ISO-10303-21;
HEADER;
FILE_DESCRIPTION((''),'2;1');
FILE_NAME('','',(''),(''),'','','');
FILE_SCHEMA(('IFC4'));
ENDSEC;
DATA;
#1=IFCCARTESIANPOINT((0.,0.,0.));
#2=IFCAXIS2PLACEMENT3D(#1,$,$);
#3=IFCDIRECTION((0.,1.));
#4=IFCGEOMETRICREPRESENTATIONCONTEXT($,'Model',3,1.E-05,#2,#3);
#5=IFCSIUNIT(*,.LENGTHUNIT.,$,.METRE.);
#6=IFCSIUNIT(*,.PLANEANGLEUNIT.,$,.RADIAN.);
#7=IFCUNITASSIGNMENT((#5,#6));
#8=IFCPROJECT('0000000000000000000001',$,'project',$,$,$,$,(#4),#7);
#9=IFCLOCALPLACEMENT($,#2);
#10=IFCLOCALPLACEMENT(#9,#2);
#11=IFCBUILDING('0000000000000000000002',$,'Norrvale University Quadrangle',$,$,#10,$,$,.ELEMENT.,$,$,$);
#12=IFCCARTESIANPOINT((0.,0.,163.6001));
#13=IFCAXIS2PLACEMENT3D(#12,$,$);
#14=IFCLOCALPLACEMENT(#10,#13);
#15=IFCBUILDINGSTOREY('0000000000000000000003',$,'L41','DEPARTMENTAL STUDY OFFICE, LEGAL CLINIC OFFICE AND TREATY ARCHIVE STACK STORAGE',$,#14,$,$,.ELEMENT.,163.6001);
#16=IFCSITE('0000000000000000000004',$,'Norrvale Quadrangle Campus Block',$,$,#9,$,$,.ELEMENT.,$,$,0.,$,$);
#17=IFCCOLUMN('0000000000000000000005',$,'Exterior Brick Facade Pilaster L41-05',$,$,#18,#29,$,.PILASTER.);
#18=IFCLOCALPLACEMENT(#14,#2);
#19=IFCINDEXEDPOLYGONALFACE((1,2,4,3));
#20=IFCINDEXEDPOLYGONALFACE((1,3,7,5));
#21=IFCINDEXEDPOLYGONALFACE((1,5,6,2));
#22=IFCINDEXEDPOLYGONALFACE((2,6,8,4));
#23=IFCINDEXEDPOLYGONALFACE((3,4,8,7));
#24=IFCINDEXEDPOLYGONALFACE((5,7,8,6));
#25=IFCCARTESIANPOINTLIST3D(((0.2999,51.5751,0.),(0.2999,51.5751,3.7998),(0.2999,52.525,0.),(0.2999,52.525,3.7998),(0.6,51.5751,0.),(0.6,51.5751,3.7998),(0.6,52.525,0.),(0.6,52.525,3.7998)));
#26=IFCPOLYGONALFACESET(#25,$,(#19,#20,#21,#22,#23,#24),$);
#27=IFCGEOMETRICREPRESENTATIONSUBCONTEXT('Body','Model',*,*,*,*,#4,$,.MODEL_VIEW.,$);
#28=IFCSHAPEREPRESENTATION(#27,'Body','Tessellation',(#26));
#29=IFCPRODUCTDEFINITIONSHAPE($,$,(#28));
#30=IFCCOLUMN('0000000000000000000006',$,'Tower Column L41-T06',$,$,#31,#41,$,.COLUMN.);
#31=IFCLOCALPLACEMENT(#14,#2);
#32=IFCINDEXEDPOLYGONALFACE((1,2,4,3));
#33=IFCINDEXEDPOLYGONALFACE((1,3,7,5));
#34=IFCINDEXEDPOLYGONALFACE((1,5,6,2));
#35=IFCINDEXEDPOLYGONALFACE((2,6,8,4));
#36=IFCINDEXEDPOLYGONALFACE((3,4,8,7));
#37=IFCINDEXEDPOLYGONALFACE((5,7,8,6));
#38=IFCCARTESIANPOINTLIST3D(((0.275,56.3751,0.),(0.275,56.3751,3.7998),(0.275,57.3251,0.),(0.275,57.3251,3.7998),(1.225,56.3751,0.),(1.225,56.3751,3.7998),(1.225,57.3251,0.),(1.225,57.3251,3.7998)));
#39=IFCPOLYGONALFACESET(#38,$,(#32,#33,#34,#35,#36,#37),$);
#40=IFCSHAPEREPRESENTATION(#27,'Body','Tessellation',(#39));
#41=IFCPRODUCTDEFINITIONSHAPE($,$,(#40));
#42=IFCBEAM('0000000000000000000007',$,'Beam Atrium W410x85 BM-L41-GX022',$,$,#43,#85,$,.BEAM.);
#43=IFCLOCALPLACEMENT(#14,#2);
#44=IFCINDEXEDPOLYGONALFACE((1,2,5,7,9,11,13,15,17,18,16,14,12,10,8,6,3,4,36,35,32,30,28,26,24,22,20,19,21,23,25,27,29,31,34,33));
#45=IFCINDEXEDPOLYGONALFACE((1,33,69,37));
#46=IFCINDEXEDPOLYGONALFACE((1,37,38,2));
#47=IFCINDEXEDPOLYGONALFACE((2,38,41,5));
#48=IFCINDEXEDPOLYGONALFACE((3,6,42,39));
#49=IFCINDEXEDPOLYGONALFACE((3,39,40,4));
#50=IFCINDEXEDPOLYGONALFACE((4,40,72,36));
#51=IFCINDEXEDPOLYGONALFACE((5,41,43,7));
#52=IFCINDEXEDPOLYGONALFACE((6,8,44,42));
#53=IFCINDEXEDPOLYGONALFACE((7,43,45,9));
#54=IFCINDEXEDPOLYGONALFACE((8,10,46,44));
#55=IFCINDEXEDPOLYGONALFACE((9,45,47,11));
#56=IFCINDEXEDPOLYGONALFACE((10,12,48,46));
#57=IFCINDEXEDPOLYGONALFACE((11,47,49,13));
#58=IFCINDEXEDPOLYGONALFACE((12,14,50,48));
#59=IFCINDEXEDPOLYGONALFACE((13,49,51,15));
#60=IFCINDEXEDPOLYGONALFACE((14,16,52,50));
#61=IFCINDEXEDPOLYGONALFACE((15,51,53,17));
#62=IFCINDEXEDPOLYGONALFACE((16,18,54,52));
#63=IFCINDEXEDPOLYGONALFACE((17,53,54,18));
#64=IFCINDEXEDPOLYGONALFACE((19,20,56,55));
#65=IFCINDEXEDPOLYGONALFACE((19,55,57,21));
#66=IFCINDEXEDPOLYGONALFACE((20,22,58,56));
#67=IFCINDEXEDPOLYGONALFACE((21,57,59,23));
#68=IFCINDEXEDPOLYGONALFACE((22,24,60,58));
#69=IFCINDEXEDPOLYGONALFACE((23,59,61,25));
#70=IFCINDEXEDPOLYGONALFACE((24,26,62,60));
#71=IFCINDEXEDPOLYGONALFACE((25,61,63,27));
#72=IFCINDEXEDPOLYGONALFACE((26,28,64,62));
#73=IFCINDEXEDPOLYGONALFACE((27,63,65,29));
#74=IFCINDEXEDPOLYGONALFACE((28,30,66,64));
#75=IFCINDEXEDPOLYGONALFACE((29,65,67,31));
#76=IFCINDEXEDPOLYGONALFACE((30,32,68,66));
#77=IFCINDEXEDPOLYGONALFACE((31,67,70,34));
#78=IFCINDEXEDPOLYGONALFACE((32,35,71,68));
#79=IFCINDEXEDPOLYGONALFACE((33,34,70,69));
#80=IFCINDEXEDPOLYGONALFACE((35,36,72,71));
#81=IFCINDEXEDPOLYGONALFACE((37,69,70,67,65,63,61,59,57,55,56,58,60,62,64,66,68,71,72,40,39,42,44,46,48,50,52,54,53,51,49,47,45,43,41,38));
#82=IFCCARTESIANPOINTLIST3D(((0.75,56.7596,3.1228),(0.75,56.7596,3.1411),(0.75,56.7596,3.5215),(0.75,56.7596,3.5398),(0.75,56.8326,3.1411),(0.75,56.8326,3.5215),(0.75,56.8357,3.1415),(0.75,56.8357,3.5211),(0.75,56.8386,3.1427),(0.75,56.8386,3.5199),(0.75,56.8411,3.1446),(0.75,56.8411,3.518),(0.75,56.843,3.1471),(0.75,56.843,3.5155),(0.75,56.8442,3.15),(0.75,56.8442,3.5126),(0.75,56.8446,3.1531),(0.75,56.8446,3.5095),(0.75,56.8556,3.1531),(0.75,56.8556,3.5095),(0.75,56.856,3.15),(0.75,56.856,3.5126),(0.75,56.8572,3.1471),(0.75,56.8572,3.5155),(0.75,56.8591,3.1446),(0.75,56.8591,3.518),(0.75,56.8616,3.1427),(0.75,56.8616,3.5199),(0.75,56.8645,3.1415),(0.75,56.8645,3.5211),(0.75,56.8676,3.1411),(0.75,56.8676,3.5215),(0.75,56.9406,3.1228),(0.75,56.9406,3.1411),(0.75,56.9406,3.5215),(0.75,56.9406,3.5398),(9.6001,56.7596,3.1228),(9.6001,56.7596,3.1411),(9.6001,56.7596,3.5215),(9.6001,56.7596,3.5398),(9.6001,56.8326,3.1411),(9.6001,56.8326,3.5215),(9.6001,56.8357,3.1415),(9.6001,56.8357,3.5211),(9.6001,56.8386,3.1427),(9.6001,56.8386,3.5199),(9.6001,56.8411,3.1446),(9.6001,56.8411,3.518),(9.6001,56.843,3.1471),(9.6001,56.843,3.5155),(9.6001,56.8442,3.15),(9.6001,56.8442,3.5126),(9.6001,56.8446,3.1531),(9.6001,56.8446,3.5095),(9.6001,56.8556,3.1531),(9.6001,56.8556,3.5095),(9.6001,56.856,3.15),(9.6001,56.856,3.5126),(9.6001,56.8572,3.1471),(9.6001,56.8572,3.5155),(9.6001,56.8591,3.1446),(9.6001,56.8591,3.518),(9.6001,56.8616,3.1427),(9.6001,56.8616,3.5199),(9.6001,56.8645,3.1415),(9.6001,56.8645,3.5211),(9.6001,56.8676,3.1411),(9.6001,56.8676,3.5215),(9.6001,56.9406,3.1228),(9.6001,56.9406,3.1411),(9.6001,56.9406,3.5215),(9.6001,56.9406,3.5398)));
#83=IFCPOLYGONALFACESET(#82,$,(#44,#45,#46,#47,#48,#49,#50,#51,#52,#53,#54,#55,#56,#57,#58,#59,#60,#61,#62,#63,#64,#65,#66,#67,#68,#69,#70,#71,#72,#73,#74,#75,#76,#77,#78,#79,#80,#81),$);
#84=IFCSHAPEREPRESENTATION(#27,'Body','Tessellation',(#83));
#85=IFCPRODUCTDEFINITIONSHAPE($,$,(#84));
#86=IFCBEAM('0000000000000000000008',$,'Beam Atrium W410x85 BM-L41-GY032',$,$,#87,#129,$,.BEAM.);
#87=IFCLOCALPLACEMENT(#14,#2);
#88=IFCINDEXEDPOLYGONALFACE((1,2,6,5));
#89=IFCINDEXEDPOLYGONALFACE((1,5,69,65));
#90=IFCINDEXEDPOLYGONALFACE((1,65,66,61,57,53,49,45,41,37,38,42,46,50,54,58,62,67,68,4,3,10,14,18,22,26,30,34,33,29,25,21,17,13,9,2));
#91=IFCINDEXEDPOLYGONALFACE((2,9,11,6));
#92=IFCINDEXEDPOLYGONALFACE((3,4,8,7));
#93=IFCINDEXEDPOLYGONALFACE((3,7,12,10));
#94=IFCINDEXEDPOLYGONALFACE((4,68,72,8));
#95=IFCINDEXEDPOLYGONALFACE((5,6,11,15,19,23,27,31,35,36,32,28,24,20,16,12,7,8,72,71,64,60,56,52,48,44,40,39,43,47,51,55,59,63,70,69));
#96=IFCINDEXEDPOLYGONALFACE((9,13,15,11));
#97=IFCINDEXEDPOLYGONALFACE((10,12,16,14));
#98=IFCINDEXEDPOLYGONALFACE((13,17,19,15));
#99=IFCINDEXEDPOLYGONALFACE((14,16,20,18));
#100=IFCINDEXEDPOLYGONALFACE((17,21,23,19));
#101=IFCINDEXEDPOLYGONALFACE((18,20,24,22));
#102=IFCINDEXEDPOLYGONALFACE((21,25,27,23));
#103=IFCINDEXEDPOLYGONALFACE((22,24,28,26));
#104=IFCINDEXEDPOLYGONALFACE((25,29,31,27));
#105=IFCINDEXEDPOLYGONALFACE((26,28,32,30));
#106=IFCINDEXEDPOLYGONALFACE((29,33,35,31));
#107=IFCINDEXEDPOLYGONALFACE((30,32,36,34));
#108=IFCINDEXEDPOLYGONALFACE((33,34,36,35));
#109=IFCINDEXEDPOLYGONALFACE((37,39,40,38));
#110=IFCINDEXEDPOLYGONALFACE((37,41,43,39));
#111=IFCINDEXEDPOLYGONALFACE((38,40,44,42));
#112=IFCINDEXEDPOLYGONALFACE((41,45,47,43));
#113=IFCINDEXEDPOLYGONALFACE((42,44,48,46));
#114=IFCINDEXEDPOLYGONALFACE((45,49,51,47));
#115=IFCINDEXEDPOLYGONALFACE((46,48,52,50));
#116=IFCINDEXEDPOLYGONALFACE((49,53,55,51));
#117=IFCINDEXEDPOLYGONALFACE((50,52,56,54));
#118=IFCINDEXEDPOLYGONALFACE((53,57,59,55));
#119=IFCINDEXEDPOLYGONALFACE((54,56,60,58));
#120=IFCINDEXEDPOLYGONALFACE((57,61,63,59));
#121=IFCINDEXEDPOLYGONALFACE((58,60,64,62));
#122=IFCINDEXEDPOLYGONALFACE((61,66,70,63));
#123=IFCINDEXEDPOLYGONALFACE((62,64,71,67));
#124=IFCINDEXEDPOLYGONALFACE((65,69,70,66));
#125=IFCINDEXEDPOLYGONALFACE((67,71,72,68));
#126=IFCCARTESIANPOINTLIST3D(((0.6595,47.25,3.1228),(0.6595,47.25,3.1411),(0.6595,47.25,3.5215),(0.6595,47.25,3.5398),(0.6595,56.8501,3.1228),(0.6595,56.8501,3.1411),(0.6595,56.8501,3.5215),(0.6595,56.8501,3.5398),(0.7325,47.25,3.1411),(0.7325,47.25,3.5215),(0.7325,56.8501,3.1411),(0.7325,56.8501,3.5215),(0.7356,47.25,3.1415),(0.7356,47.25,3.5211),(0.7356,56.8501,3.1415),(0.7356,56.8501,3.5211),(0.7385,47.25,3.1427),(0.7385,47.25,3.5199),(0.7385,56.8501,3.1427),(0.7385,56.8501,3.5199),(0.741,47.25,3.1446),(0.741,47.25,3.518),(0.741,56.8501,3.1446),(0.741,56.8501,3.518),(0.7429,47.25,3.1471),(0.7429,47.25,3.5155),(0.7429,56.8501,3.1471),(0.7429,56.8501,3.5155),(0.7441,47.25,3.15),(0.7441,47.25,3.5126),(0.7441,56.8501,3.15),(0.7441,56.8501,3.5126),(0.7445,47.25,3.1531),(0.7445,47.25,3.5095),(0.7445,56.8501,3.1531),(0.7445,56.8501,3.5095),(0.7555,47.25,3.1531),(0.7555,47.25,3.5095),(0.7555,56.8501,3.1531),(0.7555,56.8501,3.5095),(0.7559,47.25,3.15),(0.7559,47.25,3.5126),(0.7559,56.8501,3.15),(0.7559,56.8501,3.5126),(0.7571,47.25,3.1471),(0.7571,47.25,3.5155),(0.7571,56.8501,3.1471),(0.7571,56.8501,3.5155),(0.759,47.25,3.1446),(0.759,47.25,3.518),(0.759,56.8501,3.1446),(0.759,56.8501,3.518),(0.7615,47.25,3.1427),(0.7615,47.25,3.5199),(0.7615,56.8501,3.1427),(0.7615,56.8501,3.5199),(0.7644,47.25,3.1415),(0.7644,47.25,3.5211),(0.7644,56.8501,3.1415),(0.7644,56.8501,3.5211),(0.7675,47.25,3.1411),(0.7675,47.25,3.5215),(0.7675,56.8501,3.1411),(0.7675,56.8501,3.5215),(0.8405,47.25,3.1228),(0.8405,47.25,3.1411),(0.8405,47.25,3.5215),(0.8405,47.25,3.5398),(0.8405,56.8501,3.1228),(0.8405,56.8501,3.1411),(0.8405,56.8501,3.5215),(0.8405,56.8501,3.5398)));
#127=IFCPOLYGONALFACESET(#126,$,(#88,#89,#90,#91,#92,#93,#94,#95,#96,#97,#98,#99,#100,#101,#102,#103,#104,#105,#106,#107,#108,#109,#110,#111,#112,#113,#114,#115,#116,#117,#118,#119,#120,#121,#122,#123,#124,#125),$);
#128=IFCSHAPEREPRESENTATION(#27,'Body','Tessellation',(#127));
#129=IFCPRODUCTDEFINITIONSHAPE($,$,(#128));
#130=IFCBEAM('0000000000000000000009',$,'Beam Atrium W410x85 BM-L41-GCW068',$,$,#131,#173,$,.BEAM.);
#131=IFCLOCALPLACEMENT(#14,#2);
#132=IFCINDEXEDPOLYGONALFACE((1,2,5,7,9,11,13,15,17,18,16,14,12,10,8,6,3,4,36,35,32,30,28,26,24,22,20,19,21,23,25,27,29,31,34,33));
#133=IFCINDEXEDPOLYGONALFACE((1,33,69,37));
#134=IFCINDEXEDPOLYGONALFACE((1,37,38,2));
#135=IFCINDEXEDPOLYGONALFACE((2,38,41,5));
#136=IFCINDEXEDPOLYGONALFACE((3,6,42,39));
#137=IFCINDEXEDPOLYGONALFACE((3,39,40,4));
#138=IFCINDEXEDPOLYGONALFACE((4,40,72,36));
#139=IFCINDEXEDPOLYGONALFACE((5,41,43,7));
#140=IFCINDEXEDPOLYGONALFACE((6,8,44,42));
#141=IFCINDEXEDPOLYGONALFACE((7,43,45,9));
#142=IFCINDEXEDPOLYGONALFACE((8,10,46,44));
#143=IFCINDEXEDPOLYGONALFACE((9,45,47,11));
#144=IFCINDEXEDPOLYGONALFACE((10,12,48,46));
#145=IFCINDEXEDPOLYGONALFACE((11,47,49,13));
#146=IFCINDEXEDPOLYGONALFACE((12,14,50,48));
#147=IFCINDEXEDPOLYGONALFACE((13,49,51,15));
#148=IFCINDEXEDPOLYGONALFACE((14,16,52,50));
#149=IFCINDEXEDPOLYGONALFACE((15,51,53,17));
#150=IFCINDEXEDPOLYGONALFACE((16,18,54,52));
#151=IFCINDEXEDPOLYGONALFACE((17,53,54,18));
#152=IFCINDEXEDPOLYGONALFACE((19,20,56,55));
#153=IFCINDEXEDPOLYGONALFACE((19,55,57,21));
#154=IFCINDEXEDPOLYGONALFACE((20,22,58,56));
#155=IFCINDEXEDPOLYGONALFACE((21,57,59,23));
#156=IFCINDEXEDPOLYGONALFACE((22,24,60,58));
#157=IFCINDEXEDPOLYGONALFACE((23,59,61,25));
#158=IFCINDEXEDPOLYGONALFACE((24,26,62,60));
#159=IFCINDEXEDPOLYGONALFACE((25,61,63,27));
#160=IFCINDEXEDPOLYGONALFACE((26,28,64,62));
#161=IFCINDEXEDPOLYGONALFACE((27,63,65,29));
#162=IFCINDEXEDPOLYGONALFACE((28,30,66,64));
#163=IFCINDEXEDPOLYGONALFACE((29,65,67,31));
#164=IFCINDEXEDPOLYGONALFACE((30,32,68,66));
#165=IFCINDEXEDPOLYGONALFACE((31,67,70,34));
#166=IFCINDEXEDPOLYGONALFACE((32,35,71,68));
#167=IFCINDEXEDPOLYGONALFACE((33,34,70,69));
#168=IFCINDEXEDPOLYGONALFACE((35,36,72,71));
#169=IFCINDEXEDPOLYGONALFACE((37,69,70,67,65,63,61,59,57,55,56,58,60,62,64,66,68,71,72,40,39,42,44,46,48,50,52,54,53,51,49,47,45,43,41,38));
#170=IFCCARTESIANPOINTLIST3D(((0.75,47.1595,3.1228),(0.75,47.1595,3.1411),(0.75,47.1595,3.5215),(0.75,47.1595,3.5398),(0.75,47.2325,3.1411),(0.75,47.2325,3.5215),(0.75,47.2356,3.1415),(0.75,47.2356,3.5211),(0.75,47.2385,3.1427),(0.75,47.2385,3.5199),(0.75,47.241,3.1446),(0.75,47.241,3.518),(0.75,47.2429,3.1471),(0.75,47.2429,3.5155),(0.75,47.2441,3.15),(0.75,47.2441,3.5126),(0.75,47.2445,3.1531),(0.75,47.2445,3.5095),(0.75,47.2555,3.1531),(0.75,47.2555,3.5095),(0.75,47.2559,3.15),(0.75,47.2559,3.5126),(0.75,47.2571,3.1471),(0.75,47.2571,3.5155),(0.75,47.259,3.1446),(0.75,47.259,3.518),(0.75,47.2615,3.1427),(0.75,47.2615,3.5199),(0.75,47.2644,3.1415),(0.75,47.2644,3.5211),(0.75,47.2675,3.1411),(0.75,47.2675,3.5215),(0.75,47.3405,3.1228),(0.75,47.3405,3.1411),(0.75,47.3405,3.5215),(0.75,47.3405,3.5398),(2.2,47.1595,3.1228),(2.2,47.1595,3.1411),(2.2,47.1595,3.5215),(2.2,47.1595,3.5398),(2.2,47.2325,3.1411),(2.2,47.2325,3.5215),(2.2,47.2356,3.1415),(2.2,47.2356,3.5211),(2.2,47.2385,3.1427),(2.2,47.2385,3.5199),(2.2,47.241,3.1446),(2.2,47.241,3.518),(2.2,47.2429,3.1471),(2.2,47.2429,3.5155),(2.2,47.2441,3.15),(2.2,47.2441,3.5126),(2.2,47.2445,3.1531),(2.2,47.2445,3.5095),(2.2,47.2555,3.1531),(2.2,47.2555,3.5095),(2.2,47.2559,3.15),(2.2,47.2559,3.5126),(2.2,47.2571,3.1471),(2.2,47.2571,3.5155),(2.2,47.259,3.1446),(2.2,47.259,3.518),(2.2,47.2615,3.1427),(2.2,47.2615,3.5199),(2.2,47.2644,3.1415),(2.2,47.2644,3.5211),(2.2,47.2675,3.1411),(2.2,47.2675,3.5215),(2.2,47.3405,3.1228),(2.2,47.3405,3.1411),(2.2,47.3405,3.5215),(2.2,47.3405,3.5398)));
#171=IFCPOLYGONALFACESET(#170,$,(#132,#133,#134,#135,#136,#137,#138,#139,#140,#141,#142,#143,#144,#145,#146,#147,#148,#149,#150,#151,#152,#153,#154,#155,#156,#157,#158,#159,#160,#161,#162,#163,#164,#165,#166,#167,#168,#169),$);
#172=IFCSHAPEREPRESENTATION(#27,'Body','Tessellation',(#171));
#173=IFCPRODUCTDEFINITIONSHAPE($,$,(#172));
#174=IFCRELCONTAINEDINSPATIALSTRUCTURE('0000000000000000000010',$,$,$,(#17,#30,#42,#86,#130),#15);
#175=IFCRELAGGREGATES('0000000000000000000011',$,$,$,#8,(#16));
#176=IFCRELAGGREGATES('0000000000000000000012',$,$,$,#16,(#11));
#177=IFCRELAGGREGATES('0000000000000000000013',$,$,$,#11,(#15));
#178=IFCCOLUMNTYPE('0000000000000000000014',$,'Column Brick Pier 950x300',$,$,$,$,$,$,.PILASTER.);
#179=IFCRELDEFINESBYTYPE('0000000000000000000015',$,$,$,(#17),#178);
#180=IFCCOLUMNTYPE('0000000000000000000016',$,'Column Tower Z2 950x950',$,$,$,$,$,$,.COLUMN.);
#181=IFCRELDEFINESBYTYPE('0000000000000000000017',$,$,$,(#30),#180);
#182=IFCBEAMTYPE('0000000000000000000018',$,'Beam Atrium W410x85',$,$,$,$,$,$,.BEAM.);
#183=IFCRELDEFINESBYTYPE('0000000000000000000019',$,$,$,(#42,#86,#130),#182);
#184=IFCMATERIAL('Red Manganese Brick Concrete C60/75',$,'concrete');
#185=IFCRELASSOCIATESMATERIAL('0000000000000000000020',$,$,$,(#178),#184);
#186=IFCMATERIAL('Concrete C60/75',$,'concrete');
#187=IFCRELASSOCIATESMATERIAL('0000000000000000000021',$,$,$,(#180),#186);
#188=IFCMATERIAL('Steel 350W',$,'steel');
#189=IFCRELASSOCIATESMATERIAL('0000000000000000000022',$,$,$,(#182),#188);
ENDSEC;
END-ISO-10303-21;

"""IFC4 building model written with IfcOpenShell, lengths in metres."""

from ifc_helpers import new_model, si_unit, direction, frame, origin, origin_2d, place, context, subcontext, project, spatial, rectangle, i_section, extrude, material, material_profile, profile_set, type_object, element, save


model = new_model("IFC4")

# Units and contexts
model_context = context("Model", 3, precision=1e-05, world=origin(), true_north=direction((0.0, 1.0)))
body_context = subcontext(model_context, "Body", "Model", "MODEL_VIEW")
ifc_project = project(units=[si_unit("LENGTHUNIT", "METRE"), si_unit("PLANEANGLEUNIT", "RADIAN")], contexts=[model_context])

# Site, building, storey
site_placement = place(None, origin())
site = spatial("IfcSite", under=ifc_project, at=site_placement, Name="Norrvale Quadrangle Campus Block", CompositionType="ELEMENT", RefElevation=0.0)
building_placement = place(site_placement, origin())
building = spatial("IfcBuilding", under=site, at=building_placement, Name="Norrvale University Quadrangle", CompositionType="ELEMENT")
storey_placement = place(building_placement, frame((0.0, 0.0, 163.6001)))
storey = spatial("IfcBuildingStorey", under=building, at=storey_placement, Name="L41", Description="DEPARTMENTAL STUDY OFFICE, LEGAL CLINIC OFFICE AND TREATY ARCHIVE STACK STORAGE", CompositionType="ELEMENT", Elevation=163.6001)

# Columns
ifc_material_1 = material(Name="Red Manganese Brick Concrete C60/75", Category="concrete")
ifc_material_profile_1 = material_profile(ifc_material_1, rectangle(XDim=0.95, YDim=0.3, at=origin_2d()), Name="Red Manganese Brick Concrete C60/75")
ifc_profile_set_1 = profile_set([ifc_material_profile_1], Name="Red Manganese Brick Concrete C60/75")
column_type_1 = type_object("IfcColumnType", Name="Column Brick Pier 950x300", PredefinedType="PILASTER", material=ifc_profile_set_1)
column_1_placement = place(storey_placement, frame((0.45, 52.05, 0.0), z_axis=(0.0, 0.0, 1.0), x_axis=(0.0, 1.0, 0.0)))
element("IfcColumn", 1, at=column_1_placement, inside=storey, type_object=column_type_1, Name="Exterior Brick Facade Pilaster L41-05", PredefinedType="PILASTER", context=body_context, shape_type="SweptSolid", body=[
    extrude(rectangle(XDim=0.95, YDim=0.3, at=origin_2d()), origin(), (0.0, 0.0, 1.0), 3.7998),
])
ifc_material_2 = material(Name="Concrete C60/75", Category="concrete")
ifc_material_profile_2 = material_profile(ifc_material_2, rectangle(XDim=0.95, YDim=0.95, at=origin_2d()), Name="Concrete C60/75")
ifc_profile_set_2 = profile_set([ifc_material_profile_2], Name="Concrete C60/75")
column_type_2 = type_object("IfcColumnType", Name="Column Tower Z2 950x950", PredefinedType="COLUMN", material=ifc_profile_set_2)
column_2_placement = place(storey_placement, frame((0.75, 56.8501, 0.0), z_axis=(0.0, 0.0, 1.0), x_axis=(1.0, 0.0, 0.0)))
element("IfcColumn", 2, at=column_2_placement, inside=storey, type_object=column_type_2, Name="Tower Column L41-T06", PredefinedType="COLUMN", context=body_context, shape_type="SweptSolid", body=[
    extrude(rectangle(XDim=0.95, YDim=0.95, at=origin_2d()), origin(), (0.0, 0.0, 1.0), 3.7998),
])

# Beams
ifc_material_3 = material(Name="Steel 350W", Category="steel")
ifc_material_profile_3 = material_profile(ifc_material_3, i_section(OverallWidth=0.1809, OverallDepth=0.417, WebThickness=0.011, FlangeThickness=0.0183, FilletRadius=0.012, at=origin_2d()), Name="Steel 350W")
ifc_profile_set_3 = profile_set([ifc_material_profile_3], Name="Steel 350W")
beam_type_1 = type_object("IfcBeamType", Name="Beam Atrium W410x85", PredefinedType="BEAM", material=ifc_profile_set_3)
beam_1_placement = place(storey_placement, frame((0.75, 56.8501, 3.3313), z_axis=(1.0, 0.0, 0.0), x_axis=(0.0, 1.0, 0.0)))
element("IfcBeam", 3, at=beam_1_placement, inside=storey, type_object=beam_type_1, Name="Beam Atrium W410x85 BM-L41-GX022", PredefinedType="BEAM", context=body_context, shape_type="SweptSolid", body=[
    extrude(i_section(OverallWidth=0.1809, OverallDepth=0.417, WebThickness=0.011, FlangeThickness=0.0183, FilletRadius=0.012, at=origin_2d()), origin(), (0.0, 0.0, 1.0), 8.8501),
])
beam_2_placement = place(storey_placement, frame((0.75, 47.25, 3.3313), z_axis=(0.0, 1.0, 0.0), x_axis=(-1.0, 0.0, 0.0)))
element("IfcBeam", 4, at=beam_2_placement, inside=storey, type_object=beam_type_1, Name="Beam Atrium W410x85 BM-L41-GY032", PredefinedType="BEAM", context=body_context, shape_type="SweptSolid", body=[
    extrude(i_section(OverallWidth=0.1809, OverallDepth=0.417, WebThickness=0.011, FlangeThickness=0.0183, FilletRadius=0.012, at=origin_2d()), origin(), (0.0, 0.0, 1.0), 9.6001),
])
beam_3_placement = place(storey_placement, frame((0.75, 47.25, 3.3313), z_axis=(1.0, 0.0, 0.0), x_axis=(0.0, 1.0, 0.0)))
element("IfcBeam", 5, at=beam_3_placement, inside=storey, type_object=beam_type_1, Name="Beam Atrium W410x85 BM-L41-GCW068", PredefinedType="BEAM", context=body_context, shape_type="SweptSolid", body=[
    extrude(i_section(OverallWidth=0.1809, OverallDepth=0.417, WebThickness=0.011, FlangeThickness=0.0183, FilletRadius=0.012, at=origin_2d()), origin(), (0.0, 0.0, 1.0), 1.45),
])

save(model, "model.ifc")
